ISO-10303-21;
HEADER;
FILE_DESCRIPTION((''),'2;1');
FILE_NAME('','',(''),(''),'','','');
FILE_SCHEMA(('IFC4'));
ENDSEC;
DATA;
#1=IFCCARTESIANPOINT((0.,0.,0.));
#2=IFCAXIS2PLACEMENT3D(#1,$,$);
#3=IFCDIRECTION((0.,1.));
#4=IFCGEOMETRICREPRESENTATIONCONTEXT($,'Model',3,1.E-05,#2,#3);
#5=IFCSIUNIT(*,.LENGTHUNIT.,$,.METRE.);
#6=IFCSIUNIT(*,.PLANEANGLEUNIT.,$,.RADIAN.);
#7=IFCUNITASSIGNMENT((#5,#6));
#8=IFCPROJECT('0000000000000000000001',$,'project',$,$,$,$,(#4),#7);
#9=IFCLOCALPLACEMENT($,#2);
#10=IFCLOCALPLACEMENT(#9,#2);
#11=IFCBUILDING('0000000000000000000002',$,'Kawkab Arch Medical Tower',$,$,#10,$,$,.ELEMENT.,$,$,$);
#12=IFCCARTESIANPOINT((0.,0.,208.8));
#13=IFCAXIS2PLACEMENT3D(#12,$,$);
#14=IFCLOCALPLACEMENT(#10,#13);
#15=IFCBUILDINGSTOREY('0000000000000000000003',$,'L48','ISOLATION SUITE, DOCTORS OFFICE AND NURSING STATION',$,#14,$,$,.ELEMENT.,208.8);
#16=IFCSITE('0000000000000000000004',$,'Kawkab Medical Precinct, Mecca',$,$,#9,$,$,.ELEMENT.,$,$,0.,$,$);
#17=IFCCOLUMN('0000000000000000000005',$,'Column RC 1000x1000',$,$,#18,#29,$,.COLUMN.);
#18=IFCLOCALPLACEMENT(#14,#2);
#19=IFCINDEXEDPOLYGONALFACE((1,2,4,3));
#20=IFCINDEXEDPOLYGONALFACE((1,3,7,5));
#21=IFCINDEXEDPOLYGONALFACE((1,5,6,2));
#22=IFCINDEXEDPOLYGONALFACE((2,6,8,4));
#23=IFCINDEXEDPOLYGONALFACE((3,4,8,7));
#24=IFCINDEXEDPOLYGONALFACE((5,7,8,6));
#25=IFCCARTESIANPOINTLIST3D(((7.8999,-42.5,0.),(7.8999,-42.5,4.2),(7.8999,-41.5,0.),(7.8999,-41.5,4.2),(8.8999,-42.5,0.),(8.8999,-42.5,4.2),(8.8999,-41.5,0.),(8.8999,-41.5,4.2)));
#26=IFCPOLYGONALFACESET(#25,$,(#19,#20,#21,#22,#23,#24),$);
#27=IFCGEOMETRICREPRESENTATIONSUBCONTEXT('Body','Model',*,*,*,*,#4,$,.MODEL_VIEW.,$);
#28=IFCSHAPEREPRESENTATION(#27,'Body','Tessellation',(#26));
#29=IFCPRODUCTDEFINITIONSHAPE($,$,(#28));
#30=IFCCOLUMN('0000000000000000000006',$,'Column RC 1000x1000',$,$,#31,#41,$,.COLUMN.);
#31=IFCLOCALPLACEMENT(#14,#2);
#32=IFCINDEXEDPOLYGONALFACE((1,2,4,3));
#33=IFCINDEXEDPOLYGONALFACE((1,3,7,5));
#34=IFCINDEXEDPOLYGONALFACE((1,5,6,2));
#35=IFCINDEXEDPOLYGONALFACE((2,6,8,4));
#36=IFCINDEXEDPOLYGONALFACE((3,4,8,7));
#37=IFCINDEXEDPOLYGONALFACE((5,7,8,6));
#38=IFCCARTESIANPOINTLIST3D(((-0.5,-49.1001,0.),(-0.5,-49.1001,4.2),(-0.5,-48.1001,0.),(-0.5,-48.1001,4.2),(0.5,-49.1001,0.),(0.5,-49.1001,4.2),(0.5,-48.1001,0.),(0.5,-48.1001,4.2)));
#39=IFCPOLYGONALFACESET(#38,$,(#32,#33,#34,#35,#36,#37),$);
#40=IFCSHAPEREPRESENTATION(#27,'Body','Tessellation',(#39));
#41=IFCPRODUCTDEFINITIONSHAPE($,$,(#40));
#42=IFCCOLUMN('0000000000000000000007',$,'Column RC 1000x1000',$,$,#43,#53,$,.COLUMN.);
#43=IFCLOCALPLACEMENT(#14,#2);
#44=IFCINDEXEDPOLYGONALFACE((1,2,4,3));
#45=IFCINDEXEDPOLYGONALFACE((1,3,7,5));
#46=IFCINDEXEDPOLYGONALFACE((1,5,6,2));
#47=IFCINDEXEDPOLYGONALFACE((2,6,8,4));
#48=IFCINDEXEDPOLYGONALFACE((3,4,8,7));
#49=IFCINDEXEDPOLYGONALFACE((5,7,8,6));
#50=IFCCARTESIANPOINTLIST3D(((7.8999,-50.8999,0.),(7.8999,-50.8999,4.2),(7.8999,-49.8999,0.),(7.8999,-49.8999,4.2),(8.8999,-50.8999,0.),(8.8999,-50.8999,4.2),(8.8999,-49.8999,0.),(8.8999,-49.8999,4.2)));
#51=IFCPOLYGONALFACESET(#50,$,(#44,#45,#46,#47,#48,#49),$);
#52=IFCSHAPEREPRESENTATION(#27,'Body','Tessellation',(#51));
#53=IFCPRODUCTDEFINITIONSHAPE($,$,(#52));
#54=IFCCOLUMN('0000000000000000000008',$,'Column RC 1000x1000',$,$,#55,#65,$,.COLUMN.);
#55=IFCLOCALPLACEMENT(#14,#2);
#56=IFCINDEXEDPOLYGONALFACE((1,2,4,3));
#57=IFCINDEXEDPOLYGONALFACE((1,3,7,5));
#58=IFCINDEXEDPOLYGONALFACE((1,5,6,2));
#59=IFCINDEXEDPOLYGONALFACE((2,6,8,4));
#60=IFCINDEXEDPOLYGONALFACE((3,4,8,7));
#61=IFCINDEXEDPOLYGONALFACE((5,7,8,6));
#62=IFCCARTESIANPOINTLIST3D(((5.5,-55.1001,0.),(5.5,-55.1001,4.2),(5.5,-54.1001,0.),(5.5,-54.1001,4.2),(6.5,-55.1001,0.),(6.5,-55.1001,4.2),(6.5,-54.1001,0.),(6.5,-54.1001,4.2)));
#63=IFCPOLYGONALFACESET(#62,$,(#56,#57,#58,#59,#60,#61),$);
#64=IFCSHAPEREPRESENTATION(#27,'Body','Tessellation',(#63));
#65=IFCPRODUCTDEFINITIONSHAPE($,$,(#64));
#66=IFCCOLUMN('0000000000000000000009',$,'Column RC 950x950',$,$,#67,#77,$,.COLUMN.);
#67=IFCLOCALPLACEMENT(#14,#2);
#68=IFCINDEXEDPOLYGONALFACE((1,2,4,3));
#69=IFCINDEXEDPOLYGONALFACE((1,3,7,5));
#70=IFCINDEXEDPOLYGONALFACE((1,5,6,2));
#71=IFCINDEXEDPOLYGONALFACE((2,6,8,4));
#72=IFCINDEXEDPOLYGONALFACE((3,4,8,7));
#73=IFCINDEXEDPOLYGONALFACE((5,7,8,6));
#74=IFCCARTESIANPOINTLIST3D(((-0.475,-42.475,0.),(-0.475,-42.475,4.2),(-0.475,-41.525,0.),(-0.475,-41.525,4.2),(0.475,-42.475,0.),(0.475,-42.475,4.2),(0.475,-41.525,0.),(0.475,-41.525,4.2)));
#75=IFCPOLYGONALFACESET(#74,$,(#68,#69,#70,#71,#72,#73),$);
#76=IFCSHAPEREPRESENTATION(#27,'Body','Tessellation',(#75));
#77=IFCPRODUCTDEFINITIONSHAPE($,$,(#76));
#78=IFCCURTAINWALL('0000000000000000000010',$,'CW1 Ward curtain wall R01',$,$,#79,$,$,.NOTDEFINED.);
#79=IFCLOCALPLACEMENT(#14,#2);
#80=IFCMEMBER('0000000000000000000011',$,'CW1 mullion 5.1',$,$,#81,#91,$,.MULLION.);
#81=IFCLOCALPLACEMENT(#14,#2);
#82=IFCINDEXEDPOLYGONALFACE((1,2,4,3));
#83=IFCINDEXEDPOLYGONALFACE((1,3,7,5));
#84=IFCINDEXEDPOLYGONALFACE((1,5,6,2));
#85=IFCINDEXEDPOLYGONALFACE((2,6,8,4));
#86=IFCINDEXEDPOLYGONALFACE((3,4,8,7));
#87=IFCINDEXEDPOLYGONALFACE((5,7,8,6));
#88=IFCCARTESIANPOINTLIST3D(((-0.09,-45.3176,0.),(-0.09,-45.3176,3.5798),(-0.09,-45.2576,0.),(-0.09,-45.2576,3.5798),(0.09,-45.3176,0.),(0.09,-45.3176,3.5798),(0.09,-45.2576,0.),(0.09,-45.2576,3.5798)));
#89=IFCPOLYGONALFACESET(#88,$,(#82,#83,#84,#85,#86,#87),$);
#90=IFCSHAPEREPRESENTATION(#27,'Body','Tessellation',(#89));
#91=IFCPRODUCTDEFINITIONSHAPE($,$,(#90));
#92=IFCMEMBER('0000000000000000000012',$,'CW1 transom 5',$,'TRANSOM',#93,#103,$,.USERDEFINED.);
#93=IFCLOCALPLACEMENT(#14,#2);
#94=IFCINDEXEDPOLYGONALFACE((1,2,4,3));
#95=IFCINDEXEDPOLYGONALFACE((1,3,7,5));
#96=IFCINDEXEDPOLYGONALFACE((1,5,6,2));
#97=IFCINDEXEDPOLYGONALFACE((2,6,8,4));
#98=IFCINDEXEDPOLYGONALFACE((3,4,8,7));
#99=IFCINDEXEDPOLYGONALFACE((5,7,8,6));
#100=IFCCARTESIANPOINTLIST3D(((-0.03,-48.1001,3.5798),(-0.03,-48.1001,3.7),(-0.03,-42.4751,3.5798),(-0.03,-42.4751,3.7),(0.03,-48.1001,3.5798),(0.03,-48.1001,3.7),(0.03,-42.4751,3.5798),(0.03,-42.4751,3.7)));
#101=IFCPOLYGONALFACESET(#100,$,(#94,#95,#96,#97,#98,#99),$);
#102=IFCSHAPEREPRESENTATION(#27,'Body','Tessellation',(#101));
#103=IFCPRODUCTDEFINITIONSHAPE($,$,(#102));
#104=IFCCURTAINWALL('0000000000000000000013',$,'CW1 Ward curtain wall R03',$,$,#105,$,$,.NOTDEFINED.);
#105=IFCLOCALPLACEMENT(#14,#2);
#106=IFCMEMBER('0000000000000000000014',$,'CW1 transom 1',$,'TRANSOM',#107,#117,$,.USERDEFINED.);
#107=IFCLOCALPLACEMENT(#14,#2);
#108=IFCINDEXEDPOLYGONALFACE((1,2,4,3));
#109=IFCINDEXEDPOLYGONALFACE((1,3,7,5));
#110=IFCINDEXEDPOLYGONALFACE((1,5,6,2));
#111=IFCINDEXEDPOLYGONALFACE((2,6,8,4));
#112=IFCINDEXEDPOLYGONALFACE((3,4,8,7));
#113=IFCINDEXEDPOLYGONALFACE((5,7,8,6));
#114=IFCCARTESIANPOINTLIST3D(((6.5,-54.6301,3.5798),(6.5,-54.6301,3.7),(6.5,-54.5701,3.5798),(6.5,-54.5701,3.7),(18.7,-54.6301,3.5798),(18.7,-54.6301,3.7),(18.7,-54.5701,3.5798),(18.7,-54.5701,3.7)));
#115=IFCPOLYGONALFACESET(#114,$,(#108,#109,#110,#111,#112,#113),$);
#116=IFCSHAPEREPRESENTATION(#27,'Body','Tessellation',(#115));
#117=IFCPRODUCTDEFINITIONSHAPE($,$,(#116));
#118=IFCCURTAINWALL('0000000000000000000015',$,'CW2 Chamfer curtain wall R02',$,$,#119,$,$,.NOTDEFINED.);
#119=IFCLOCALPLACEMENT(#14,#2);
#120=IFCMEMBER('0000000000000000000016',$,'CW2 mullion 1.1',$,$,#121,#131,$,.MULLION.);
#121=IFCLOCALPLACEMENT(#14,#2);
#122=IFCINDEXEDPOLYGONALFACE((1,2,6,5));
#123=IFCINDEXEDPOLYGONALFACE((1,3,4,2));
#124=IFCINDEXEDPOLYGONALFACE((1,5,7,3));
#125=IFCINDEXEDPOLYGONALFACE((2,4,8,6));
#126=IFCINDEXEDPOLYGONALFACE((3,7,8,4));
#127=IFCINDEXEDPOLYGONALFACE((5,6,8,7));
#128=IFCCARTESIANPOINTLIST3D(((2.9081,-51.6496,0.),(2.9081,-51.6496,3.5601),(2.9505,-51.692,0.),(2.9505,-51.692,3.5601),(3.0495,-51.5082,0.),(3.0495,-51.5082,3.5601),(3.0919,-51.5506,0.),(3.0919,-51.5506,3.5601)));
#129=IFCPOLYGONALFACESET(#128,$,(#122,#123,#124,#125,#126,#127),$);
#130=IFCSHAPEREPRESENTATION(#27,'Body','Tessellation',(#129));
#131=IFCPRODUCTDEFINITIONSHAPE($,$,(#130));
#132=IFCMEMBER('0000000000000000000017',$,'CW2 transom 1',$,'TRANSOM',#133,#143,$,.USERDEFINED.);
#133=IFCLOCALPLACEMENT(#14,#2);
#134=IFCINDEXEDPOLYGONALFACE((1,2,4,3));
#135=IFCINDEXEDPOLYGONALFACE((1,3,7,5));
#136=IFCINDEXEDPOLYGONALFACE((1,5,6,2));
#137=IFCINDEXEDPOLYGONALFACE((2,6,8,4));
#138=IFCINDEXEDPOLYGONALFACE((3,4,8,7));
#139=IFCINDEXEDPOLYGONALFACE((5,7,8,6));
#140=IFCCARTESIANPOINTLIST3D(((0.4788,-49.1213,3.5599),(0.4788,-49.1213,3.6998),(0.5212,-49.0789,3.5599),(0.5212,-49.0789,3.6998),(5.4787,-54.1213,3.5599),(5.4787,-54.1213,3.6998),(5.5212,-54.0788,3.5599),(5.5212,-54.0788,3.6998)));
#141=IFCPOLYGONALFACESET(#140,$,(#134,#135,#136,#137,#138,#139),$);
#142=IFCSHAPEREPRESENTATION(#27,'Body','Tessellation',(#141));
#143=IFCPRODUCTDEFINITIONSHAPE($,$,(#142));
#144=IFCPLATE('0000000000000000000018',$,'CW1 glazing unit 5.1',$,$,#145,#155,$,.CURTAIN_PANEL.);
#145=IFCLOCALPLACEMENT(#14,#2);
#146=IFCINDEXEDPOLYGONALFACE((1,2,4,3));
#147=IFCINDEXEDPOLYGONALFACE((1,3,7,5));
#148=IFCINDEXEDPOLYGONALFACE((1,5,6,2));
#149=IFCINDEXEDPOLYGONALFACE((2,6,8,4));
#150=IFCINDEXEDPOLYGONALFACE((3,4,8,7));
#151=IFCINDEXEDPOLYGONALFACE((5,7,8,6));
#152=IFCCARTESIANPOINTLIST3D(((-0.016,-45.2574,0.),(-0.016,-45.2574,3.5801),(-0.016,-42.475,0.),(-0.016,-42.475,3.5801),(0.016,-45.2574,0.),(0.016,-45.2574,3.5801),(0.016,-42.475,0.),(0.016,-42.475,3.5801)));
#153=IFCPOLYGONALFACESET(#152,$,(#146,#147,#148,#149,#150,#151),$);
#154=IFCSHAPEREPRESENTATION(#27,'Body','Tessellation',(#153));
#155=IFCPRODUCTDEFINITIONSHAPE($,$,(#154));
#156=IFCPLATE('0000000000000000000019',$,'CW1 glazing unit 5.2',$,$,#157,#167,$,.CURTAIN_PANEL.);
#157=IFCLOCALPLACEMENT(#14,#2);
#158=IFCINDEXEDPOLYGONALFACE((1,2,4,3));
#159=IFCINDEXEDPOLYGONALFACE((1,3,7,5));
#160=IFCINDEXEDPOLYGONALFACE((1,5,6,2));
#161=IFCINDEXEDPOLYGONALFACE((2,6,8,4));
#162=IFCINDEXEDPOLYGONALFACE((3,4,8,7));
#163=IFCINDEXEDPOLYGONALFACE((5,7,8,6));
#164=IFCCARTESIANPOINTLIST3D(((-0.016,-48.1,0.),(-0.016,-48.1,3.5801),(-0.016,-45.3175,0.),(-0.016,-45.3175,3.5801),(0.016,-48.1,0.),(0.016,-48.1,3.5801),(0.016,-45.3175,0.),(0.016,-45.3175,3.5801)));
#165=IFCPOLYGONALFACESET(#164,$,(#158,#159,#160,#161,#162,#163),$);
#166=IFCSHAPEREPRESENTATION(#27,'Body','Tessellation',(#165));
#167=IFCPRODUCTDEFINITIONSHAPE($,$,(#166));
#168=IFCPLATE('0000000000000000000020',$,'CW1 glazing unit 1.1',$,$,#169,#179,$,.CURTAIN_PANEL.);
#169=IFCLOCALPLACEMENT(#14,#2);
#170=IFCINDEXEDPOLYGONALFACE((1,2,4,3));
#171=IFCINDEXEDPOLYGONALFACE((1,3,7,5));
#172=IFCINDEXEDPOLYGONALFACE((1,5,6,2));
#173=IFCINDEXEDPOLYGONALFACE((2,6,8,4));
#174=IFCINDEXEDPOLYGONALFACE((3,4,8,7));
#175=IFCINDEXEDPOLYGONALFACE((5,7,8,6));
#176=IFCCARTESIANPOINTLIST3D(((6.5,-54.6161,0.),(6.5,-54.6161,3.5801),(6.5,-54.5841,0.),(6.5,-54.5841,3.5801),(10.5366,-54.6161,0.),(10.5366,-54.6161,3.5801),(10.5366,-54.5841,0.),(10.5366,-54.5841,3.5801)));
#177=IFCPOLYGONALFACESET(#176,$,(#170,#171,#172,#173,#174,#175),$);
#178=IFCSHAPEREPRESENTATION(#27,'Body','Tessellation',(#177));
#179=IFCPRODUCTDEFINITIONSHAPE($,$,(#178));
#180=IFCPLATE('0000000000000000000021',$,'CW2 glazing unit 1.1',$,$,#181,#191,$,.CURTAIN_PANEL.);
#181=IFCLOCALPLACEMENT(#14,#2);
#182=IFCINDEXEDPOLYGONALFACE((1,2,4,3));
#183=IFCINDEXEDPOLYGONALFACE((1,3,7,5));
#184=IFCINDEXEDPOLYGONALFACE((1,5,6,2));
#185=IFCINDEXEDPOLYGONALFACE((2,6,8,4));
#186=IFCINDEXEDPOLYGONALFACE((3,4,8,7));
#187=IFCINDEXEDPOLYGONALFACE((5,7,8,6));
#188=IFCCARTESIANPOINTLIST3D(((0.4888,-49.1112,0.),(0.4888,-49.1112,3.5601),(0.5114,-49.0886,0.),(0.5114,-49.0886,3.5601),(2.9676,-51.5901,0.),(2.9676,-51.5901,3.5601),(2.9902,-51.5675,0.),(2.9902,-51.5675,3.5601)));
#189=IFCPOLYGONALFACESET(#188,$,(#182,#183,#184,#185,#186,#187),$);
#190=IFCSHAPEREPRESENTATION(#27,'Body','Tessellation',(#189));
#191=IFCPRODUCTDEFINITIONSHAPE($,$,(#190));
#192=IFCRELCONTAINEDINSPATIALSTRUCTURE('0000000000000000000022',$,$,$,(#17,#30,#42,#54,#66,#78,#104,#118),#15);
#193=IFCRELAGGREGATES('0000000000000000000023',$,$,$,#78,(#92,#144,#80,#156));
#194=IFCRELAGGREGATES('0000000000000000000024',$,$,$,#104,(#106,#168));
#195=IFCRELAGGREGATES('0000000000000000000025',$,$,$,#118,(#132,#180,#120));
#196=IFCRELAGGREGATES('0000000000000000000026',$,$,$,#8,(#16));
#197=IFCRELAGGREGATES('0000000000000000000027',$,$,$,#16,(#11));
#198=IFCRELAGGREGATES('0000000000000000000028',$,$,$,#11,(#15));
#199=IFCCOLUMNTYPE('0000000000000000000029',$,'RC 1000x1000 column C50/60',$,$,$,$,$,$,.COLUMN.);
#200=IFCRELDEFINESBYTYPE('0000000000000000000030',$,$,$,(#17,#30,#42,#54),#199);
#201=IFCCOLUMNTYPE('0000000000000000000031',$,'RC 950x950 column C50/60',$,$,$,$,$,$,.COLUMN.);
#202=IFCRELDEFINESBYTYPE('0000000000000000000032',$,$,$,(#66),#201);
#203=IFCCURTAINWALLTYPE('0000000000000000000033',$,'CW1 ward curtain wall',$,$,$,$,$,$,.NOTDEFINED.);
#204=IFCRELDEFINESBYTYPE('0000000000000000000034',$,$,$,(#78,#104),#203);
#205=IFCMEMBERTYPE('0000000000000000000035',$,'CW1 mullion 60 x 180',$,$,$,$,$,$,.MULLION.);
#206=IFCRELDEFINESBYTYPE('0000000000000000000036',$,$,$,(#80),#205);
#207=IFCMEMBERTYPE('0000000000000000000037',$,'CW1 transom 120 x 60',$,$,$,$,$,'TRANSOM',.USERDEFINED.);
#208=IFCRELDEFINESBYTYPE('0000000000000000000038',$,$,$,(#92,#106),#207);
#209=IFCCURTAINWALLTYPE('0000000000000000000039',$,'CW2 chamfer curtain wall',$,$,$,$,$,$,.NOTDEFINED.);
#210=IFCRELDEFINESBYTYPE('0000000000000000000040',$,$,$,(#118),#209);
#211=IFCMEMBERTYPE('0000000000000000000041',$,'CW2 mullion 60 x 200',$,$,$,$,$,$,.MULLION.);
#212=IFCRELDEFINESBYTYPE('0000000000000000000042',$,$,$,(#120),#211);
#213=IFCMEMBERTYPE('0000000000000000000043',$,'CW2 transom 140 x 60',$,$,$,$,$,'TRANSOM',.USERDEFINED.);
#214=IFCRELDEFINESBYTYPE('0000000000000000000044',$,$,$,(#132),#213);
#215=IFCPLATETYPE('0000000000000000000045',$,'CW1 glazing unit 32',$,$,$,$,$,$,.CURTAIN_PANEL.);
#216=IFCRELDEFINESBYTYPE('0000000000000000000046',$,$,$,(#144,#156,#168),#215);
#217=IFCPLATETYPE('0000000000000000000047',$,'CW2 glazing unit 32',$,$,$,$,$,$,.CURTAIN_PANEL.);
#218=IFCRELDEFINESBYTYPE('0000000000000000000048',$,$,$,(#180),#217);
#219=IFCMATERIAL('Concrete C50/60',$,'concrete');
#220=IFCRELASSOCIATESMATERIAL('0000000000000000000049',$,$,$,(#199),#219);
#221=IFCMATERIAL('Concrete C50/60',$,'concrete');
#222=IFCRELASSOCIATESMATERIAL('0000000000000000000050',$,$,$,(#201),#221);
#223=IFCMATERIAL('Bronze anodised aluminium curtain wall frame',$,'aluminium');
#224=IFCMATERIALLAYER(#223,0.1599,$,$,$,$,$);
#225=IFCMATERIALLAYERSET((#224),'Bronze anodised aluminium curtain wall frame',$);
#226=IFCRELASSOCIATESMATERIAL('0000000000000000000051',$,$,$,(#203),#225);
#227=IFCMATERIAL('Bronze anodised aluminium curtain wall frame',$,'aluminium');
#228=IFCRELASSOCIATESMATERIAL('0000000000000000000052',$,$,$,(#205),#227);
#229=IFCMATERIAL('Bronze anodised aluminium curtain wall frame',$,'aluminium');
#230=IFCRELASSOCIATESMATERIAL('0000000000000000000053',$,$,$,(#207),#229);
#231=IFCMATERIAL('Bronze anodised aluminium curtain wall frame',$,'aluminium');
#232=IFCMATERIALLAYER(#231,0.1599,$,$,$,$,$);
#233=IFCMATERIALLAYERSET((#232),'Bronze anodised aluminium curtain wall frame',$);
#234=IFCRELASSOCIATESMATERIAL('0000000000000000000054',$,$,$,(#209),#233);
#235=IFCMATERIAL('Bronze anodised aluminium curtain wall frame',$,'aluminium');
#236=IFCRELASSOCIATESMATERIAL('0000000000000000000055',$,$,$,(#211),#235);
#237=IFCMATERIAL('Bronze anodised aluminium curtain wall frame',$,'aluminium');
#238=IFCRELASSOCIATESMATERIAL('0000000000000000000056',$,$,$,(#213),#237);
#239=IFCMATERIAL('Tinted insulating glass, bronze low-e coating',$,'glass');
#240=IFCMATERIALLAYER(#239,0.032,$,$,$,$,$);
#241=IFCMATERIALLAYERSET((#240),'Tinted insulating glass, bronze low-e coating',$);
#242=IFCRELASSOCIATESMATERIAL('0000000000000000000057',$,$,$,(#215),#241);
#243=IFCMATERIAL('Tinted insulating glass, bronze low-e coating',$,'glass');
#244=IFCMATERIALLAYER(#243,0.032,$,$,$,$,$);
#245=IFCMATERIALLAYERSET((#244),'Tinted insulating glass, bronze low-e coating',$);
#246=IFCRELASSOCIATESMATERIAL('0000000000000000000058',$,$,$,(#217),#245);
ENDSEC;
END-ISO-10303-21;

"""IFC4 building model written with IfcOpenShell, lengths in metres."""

from ifc_helpers import new_model, si_unit, direction, frame, origin, origin_2d, place, context, subcontext, project, spatial, rectangle, extrude, material, layer, layer_set, material_profile, profile_set, type_object, element, aggregate, save


model = new_model("IFC4")

# Units and contexts
model_context = context("Model", 3, precision=1e-05, world=origin(), true_north=direction((0.0, 1.0)))
body_context = subcontext(model_context, "Body", "Model", "MODEL_VIEW")
ifc_project = project(units=[si_unit("LENGTHUNIT", "METRE"), si_unit("PLANEANGLEUNIT", "RADIAN")], contexts=[model_context])

# Site, building, storey
site_placement = place(None, origin())
site = spatial("IfcSite", under=ifc_project, at=site_placement, Name="Kawkab Medical Precinct, Mecca", CompositionType="ELEMENT", RefElevation=0.0)
building_placement = place(site_placement, origin())
building = spatial("IfcBuilding", under=site, at=building_placement, Name="Kawkab Arch Medical Tower", CompositionType="ELEMENT")
storey_placement = place(building_placement, frame((0.0, 0.0, 208.8)))
storey = spatial("IfcBuildingStorey", under=building, at=storey_placement, Name="L48", Description="ISOLATION SUITE, DOCTORS OFFICE AND NURSING STATION", CompositionType="ELEMENT", Elevation=208.8)

# Columns
ifc_material_1 = material(Name="Concrete C50/60", Category="concrete")
ifc_material_profile_1 = material_profile(ifc_material_1, rectangle(XDim=1.0, YDim=1.0, at=origin_2d()), Name="RC 1000x1000")
ifc_profile_set_1 = profile_set([ifc_material_profile_1], Name="Concrete C50/60")
column_type_1 = type_object("IfcColumnType", Name="RC 1000x1000 column C50/60", PredefinedType="COLUMN", material=ifc_profile_set_1)
for number, where, z_axis, x_axis, name in (
    (1, (8.3999, -42.0, 0.0), (0.0, 0.0, 1.0), (1.0, 0.0, 0.0), "Column RC 1000x1000"),
    (2, (0.0, -48.6001, 0.0), (0.0, 0.0, 1.0), (1.0, 0.0, 0.0), "Column RC 1000x1000"),
    (3, (8.3999, -50.3999, 0.0), (0.0, 0.0, 1.0), (1.0, 0.0, 0.0), "Column RC 1000x1000"),
    (4, (6.0, -54.6001, 0.0), (0.0, 0.0, 1.0), (1.0, 0.0, 0.0), "Column RC 1000x1000"),
):
    element("IfcColumn", number, at=place(storey_placement, frame(where, z_axis=z_axis, x_axis=x_axis)), inside=storey, type_object=column_type_1, Name=name, PredefinedType="COLUMN", context=body_context, shape_type="SweptSolid", body=[
        extrude(rectangle(XDim=1.0, YDim=1.0, at=origin_2d()), origin(), (0.0, 0.0, 1.0), 4.2),
    ])
ifc_material_2 = material(Name="Concrete C50/60", Category="concrete")
ifc_material_profile_2 = material_profile(ifc_material_2, rectangle(XDim=0.95, YDim=0.95, at=origin_2d()), Name="RC 950x950")
ifc_profile_set_2 = profile_set([ifc_material_profile_2], Name="Concrete C50/60")
column_type_2 = type_object("IfcColumnType", Name="RC 950x950 column C50/60", PredefinedType="COLUMN", material=ifc_profile_set_2)
column_placement = place(storey_placement, frame((0.0, -42.0, 0.0), z_axis=(0.0, 0.0, 1.0), x_axis=(1.0, 0.0, 0.0)))
element("IfcColumn", 5, at=column_placement, inside=storey, type_object=column_type_2, Name="Column RC 950x950", PredefinedType="COLUMN", context=body_context, shape_type="SweptSolid", body=[
    extrude(rectangle(XDim=0.95, YDim=0.95, at=origin_2d()), origin(), (0.0, 0.0, 1.0), 4.2),
])

# Curtain wall, members
ifc_material_3 = material(Name="Bronze anodised aluminium curtain wall frame", Category="aluminium")
ifc_layer_1 = layer(ifc_material_3, 0.1599)
ifc_layer_set_1 = layer_set([ifc_layer_1], Name="Bronze anodised aluminium curtain wall frame")
curtain_wall_type_1 = type_object("IfcCurtainWallType", Name="CW1 ward curtain wall", PredefinedType="NOTDEFINED", material=ifc_layer_set_1)
placement = place(storey_placement, origin())
curtain_wall_1 = element("IfcCurtainWall", 6, at=placement, inside=storey, type_object=curtain_wall_type_1, Name="CW1 Ward curtain wall R01", PredefinedType="NOTDEFINED")
ifc_material_4 = material(Name="Bronze anodised aluminium curtain wall frame", Category="aluminium")
ifc_material_profile_3 = material_profile(ifc_material_4, rectangle(XDim=0.1799, YDim=0.0601, at=origin_2d()), Name="AL 60x180")
ifc_profile_set_3 = profile_set([ifc_material_profile_3], Name="Bronze anodised aluminium curtain wall frame")
member_type_1 = type_object("IfcMemberType", Name="CW1 mullion 60 x 180", PredefinedType="MULLION", material=ifc_profile_set_3)
member_1_placement = place(storey_placement, frame((0.0, -45.2876, 0.0), z_axis=(0.0, 0.0, 1.0), x_axis=(1.0, 0.0, 0.0)))
member_1 = element("IfcMember", 7, at=member_1_placement, type_object=member_type_1, Name="CW1 mullion 5.1", PredefinedType="MULLION", context=body_context, shape_type="SweptSolid", body=[
    extrude(rectangle(XDim=0.1799, YDim=0.0601, at=origin_2d()), origin(), (0.0, 0.0, 1.0), 3.5798),
])
ifc_material_5 = material(Name="Bronze anodised aluminium curtain wall frame", Category="aluminium")
ifc_material_profile_4 = material_profile(ifc_material_5, rectangle(XDim=0.0601, YDim=0.1201, at=origin_2d()), Name="AL 60x120")
ifc_profile_set_4 = profile_set([ifc_material_profile_4], Name="Bronze anodised aluminium curtain wall frame")
member_type_2 = type_object("IfcMemberType", Name="CW1 transom 120 x 60", ElementType="TRANSOM", PredefinedType="USERDEFINED", material=ifc_profile_set_4)
member_2_placement = place(storey_placement, frame((0.0, -42.4751, 3.6399), z_axis=(0.0, -1.0, 0.0), x_axis=(1.0, 0.0, 0.0)))
member_2 = element("IfcMember", 8, at=member_2_placement, type_object=member_type_2, Name="CW1 transom 5", ObjectType="TRANSOM", PredefinedType="USERDEFINED", context=body_context, shape_type="SweptSolid", body=[
    extrude(rectangle(XDim=0.0601, YDim=0.1201, at=origin_2d()), origin(), (0.0, 0.0, 1.0), 5.625),
])

# Curtain wall, member
curtain_wall_2 = element("IfcCurtainWall", 9, at=placement, inside=storey, type_object=curtain_wall_type_1, Name="CW1 Ward curtain wall R03", PredefinedType="NOTDEFINED")
member_3_placement = place(storey_placement, frame((6.5, -54.6001, 3.6399), z_axis=(1.0, 0.0, 0.0), x_axis=(0.0, 1.0, 0.0)))
member_3 = element("IfcMember", 10, at=member_3_placement, type_object=member_type_2, Name="CW1 transom 1", ObjectType="TRANSOM", PredefinedType="USERDEFINED", context=body_context, shape_type="SweptSolid", body=[
    extrude(rectangle(XDim=0.0601, YDim=0.1201, at=origin_2d()), origin(), (0.0, 0.0, 1.0), 12.2),
])

# Curtain wall, members
ifc_material_6 = material(Name="Bronze anodised aluminium curtain wall frame", Category="aluminium")
ifc_layer_2 = layer(ifc_material_6, 0.1599)
ifc_layer_set_2 = layer_set([ifc_layer_2], Name="Bronze anodised aluminium curtain wall frame")
curtain_wall_type_2 = type_object("IfcCurtainWallType", Name="CW2 chamfer curtain wall", PredefinedType="NOTDEFINED", material=ifc_layer_set_2)
curtain_wall_3 = element("IfcCurtainWall", 11, at=placement, inside=storey, type_object=curtain_wall_type_2, Name="CW2 Chamfer curtain wall R02", PredefinedType="NOTDEFINED")
ifc_material_7 = material(Name="Bronze anodised aluminium curtain wall frame", Category="aluminium")
ifc_material_profile_5 = material_profile(ifc_material_7, rectangle(XDim=0.2, YDim=0.0601, at=origin_2d()), Name="AL 60x200")
ifc_profile_set_5 = profile_set([ifc_material_profile_5], Name="Bronze anodised aluminium curtain wall frame")
member_type_3 = type_object("IfcMemberType", Name="CW2 mullion 60 x 200", PredefinedType="MULLION", material=ifc_profile_set_5)
member_4_placement = place(storey_placement, frame((3.0, -51.6001, 0.0), z_axis=(0.0, 0.0, 1.0), x_axis=(0.707107, 0.707107, 0.0)))
member_4 = element("IfcMember", 12, at=member_4_placement, type_object=member_type_3, Name="CW2 mullion 1.1", PredefinedType="MULLION", context=body_context, shape_type="SweptSolid", body=[
    extrude(rectangle(XDim=0.2, YDim=0.0601, at=origin_2d()), origin(), (0.0, 0.0, 1.0), 3.5601),
])
ifc_material_8 = material(Name="Bronze anodised aluminium curtain wall frame", Category="aluminium")
ifc_material_profile_6 = material_profile(ifc_material_8, rectangle(XDim=0.0601, YDim=0.1399, at=origin_2d()), Name="AL 60x140")
ifc_profile_set_6 = profile_set([ifc_material_profile_6], Name="Bronze anodised aluminium curtain wall frame")
member_type_4 = type_object("IfcMemberType", Name="CW2 transom 140 x 60", ElementType="TRANSOM", PredefinedType="USERDEFINED", material=ifc_profile_set_6)
member_5_placement = place(storey_placement, frame((0.5, -49.1001, 3.6299), z_axis=(0.707107, -0.707107, 0.0), x_axis=(0.707107, 0.707107, 0.0)))
member_5 = element("IfcMember", 13, at=member_5_placement, type_object=member_type_4, Name="CW2 transom 1", ObjectType="TRANSOM", PredefinedType="USERDEFINED", context=body_context, shape_type="SweptSolid", body=[
    extrude(rectangle(XDim=0.0601, YDim=0.1399, at=origin_2d()), origin(), (0.0, 0.0, 1.0), 7.071),
])

# Plates
ifc_material_9 = material(Name="Tinted insulating glass, bronze low-e coating", Category="glass")
ifc_layer_3 = layer(ifc_material_9, 0.032)
ifc_layer_set_3 = layer_set([ifc_layer_3], Name="Tinted insulating glass, bronze low-e coating")
plate_type_1 = type_object("IfcPlateType", Name="CW1 glazing unit 32", PredefinedType="CURTAIN_PANEL", material=ifc_layer_set_3)
plate_1_placement = place(storey_placement, frame((0.0, -43.8662, 0.0), z_axis=(0.0, 0.0, 1.0), x_axis=(0.0, -1.0, 0.0)))
plate_1 = element("IfcPlate", 14, at=plate_1_placement, type_object=plate_type_1, Name="CW1 glazing unit 5.1", PredefinedType="CURTAIN_PANEL", context=body_context, shape_type="SweptSolid", body=[
    extrude(rectangle(XDim=2.7825, YDim=0.032, at=origin_2d()), origin(), (0.0, 0.0, 1.0), 3.5801),
])
plate_2_placement = place(storey_placement, frame((0.0, -46.7087, 0.0), z_axis=(0.0, 0.0, 1.0), x_axis=(0.0, -1.0, 0.0)))
plate_2 = element("IfcPlate", 15, at=plate_2_placement, type_object=plate_type_1, Name="CW1 glazing unit 5.2", PredefinedType="CURTAIN_PANEL", context=body_context, shape_type="SweptSolid", body=[
    extrude(rectangle(XDim=2.7825, YDim=0.032, at=origin_2d()), origin(), (0.0, 0.0, 1.0), 3.5801),
])
aggregate(curtain_wall_1, [member_2, plate_1, member_1, plate_2])
plate_3_placement = place(storey_placement, frame((8.5183, -54.6001, 0.0), z_axis=(0.0, 0.0, 1.0), x_axis=(1.0, 0.0, 0.0)))
plate_3 = element("IfcPlate", 16, at=plate_3_placement, type_object=plate_type_1, Name="CW1 glazing unit 1.1", PredefinedType="CURTAIN_PANEL", context=body_context, shape_type="SweptSolid", body=[
    extrude(rectangle(XDim=4.0366, YDim=0.032, at=origin_2d()), origin(), (0.0, 0.0, 1.0), 3.5801),
])
aggregate(curtain_wall_2, [member_3, plate_3])
ifc_material_10 = material(Name="Tinted insulating glass, bronze low-e coating", Category="glass")
ifc_layer_4 = layer(ifc_material_10, 0.032)
ifc_layer_set_4 = layer_set([ifc_layer_4], Name="Tinted insulating glass, bronze low-e coating")
plate_type_2 = type_object("IfcPlateType", Name="CW2 glazing unit 32", PredefinedType="CURTAIN_PANEL", material=ifc_layer_set_4)
plate_4_placement = place(storey_placement, frame((1.7395, -50.3394, 0.0), z_axis=(0.0, 0.0, 1.0), x_axis=(0.707107, -0.707107, 0.0)))
plate_4 = element("IfcPlate", 17, at=plate_4_placement, type_object=plate_type_2, Name="CW2 glazing unit 1.1", PredefinedType="CURTAIN_PANEL", context=body_context, shape_type="SweptSolid", body=[
    extrude(rectangle(XDim=3.5056, YDim=0.032, at=origin_2d()), origin(), (0.0, 0.0, 1.0), 3.5601),
])
aggregate(curtain_wall_3, [member_5, plate_4, member_4])

save(model, "model.ifc")
